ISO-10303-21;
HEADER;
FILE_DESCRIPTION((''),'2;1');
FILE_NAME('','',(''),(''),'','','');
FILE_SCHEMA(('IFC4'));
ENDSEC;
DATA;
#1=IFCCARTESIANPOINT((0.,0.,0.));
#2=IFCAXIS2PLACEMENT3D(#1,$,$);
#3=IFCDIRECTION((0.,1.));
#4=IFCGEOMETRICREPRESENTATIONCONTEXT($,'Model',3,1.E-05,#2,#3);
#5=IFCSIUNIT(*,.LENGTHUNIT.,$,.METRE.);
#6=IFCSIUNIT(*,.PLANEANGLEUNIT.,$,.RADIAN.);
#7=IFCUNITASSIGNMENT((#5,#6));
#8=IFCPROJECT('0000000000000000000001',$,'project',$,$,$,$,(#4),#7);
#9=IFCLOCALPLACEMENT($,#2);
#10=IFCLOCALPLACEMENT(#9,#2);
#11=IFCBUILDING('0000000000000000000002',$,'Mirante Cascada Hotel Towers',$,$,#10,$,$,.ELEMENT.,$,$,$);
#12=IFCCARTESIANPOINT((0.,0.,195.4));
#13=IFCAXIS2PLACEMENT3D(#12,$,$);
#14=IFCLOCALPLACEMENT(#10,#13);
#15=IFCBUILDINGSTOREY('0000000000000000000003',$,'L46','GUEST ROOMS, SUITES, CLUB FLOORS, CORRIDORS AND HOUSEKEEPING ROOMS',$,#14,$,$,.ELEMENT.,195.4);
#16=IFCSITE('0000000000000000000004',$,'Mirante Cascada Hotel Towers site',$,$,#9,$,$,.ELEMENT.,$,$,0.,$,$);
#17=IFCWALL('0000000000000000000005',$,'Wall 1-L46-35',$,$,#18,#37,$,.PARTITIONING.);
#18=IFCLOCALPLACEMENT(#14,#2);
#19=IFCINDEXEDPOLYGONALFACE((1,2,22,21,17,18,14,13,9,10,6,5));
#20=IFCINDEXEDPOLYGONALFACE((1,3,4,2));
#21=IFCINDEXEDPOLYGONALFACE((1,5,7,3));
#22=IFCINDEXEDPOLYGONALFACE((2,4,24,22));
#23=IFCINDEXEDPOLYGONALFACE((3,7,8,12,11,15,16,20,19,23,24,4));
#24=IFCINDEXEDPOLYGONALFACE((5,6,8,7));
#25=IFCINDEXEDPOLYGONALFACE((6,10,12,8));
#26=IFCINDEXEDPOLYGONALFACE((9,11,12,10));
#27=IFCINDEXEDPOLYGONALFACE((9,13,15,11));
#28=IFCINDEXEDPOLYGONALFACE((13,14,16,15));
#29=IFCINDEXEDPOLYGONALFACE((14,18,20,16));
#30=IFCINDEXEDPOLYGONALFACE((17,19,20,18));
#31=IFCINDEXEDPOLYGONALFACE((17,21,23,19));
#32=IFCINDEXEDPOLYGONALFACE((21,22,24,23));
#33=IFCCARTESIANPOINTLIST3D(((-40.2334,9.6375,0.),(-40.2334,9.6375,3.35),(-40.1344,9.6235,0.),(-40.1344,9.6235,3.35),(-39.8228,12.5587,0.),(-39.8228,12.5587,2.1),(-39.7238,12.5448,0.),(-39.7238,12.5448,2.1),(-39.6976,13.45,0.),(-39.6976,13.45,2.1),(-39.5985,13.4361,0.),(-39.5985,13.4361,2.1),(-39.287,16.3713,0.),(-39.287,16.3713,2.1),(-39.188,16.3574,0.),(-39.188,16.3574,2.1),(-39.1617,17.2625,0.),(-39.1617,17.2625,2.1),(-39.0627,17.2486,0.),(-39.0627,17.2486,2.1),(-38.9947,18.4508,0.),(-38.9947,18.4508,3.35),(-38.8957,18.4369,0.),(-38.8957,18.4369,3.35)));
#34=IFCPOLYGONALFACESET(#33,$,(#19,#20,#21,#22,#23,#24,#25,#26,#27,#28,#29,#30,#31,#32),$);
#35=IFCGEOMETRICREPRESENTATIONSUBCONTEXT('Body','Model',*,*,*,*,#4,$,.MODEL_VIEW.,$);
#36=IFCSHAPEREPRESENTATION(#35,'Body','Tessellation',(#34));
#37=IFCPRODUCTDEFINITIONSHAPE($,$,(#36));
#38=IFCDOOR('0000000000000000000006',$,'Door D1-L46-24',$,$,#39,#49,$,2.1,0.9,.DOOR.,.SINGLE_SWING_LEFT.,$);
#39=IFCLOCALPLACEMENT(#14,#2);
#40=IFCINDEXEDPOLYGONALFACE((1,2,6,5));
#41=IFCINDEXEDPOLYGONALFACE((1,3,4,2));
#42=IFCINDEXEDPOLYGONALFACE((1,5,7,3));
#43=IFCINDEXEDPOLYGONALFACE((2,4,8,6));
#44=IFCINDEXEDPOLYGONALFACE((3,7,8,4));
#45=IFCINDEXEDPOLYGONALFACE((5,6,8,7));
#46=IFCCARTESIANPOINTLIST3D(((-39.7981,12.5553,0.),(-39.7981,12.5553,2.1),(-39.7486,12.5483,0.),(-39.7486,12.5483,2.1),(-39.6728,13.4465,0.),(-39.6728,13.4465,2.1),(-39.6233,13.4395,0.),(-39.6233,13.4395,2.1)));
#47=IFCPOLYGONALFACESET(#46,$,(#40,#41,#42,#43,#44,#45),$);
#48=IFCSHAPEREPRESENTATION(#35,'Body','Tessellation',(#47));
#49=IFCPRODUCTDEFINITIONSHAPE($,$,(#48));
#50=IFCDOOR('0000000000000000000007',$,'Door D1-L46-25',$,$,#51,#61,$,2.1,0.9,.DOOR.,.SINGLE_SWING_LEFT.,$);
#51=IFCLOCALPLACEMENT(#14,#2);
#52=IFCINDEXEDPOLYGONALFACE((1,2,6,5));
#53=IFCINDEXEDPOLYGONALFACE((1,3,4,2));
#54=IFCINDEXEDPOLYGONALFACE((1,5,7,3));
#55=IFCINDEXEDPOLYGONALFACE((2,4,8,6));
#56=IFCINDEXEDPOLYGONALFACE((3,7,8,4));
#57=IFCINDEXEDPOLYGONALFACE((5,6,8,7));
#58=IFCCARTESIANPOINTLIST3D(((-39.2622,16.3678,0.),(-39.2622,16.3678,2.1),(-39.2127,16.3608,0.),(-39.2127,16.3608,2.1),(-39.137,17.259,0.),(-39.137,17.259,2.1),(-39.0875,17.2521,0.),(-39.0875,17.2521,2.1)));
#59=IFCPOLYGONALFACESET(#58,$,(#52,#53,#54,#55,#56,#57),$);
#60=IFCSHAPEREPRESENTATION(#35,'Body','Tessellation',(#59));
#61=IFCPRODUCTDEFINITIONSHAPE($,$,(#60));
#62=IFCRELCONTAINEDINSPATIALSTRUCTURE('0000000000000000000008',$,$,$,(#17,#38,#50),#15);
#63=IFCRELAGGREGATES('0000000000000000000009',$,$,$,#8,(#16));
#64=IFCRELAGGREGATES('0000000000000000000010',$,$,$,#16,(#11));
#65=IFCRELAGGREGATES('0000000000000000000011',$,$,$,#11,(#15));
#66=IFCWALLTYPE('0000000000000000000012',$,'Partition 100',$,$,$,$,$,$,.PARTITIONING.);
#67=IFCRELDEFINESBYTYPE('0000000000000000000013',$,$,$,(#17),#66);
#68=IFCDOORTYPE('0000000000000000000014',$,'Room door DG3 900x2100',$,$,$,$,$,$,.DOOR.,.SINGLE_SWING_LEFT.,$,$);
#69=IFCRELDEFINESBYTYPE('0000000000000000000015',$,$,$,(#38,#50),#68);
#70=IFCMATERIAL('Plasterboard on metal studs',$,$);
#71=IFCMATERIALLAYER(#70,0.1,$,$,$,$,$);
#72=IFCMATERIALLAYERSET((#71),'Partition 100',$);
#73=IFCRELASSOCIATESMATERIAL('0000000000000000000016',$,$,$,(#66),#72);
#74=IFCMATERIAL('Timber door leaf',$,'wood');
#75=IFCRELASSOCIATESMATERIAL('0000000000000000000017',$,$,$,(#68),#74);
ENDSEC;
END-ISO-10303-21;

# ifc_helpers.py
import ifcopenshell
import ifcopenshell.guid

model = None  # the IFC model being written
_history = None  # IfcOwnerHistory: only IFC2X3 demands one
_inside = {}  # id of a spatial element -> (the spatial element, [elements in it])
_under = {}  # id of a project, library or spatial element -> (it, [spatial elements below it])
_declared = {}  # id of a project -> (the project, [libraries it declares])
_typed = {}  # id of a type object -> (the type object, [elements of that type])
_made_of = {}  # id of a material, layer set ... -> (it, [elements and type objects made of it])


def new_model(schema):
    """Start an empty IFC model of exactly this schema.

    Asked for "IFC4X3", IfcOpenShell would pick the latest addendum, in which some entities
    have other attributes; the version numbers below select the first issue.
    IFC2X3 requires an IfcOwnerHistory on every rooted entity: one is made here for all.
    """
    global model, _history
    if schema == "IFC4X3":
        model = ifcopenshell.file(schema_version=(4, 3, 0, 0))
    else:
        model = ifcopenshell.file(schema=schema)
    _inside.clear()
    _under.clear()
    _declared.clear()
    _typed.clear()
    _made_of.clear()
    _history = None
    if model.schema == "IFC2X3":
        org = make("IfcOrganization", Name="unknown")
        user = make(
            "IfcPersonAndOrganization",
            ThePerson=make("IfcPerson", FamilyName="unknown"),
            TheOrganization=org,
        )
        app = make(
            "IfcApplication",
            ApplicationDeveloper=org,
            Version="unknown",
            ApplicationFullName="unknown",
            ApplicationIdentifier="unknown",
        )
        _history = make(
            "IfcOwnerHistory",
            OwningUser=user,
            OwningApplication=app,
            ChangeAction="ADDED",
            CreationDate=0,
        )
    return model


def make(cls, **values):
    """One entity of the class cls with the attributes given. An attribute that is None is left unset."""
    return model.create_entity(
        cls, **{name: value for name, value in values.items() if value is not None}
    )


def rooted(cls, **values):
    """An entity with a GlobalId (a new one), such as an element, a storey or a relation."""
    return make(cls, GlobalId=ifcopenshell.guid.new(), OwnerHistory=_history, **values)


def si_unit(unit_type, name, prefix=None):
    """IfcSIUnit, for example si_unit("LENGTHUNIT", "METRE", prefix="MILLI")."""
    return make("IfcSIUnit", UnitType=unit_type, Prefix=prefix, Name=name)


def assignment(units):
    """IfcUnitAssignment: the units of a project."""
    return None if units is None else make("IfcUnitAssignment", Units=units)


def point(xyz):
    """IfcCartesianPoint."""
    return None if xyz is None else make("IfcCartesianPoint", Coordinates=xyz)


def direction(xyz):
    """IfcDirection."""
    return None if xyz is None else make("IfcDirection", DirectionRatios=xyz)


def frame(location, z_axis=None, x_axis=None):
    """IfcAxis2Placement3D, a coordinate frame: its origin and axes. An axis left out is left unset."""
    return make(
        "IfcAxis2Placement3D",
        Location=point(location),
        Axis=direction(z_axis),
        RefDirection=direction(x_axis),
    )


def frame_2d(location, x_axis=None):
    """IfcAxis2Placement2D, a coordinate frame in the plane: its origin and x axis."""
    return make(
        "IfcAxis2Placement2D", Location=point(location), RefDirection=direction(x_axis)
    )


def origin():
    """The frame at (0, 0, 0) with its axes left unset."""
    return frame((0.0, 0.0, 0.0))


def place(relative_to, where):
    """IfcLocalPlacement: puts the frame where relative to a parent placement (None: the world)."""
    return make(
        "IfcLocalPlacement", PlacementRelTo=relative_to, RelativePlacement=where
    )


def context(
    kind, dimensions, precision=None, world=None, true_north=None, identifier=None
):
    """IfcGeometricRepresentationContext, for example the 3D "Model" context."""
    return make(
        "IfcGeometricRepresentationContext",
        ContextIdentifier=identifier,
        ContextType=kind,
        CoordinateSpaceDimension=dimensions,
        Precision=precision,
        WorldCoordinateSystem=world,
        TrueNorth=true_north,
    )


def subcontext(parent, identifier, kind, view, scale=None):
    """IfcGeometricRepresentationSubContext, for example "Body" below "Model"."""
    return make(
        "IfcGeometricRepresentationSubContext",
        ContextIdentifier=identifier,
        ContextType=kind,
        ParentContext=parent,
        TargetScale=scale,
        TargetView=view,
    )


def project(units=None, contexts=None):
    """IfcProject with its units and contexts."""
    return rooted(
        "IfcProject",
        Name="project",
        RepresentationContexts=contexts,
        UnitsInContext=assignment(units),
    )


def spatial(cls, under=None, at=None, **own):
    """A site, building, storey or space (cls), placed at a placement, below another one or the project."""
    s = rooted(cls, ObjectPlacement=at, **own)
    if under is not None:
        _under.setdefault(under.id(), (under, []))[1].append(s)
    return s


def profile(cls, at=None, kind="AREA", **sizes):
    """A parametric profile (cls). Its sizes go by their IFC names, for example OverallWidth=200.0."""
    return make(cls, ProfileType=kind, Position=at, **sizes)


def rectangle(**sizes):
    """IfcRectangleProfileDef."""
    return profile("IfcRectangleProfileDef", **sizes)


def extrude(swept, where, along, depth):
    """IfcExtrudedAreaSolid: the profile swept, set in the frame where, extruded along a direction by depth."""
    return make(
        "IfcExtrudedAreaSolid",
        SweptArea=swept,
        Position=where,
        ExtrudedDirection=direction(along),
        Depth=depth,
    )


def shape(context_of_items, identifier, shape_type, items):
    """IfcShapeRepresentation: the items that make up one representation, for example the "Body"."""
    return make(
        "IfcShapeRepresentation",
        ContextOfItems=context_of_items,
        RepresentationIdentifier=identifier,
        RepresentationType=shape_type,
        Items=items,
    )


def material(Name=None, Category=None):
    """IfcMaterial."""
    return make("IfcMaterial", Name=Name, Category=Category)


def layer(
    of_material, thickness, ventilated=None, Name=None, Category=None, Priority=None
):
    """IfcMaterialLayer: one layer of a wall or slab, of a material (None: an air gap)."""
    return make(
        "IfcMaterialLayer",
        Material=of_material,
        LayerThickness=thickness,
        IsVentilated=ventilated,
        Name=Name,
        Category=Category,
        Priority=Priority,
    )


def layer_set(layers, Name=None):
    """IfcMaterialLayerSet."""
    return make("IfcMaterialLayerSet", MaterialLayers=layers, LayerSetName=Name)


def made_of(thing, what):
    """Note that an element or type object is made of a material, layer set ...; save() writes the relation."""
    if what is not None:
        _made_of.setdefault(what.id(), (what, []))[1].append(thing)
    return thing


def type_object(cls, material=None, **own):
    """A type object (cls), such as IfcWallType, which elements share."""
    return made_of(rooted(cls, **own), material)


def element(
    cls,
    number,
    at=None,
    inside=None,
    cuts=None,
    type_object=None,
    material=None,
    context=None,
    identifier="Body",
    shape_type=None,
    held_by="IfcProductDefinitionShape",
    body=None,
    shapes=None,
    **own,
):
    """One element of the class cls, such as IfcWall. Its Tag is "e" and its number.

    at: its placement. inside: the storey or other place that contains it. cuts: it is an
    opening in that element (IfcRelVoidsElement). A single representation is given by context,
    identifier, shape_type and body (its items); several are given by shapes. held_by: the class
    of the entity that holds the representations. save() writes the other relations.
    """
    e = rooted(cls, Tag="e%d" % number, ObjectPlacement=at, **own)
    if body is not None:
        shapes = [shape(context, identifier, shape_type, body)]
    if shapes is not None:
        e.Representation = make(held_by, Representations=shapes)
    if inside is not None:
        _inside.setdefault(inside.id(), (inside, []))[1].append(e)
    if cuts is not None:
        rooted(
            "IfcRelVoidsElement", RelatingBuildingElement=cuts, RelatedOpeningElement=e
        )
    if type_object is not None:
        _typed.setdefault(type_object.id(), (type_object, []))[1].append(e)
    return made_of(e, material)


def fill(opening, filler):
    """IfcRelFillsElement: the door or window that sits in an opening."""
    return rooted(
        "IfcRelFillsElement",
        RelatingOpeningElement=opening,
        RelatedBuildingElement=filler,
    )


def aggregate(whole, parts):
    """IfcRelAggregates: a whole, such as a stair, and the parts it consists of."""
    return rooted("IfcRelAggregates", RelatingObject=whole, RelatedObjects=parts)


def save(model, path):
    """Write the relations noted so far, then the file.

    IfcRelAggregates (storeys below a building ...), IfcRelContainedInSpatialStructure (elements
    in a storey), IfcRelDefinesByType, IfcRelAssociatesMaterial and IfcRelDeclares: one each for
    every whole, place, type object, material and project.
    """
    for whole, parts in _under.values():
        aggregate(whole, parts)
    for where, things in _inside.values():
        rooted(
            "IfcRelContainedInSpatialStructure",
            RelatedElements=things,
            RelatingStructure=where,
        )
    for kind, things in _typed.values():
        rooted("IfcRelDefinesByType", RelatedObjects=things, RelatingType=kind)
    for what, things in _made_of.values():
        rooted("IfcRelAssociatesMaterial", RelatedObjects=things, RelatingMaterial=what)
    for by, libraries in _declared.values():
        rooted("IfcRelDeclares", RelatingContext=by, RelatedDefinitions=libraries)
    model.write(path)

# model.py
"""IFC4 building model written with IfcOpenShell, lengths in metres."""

from ifc_helpers import new_model, si_unit, direction, frame, frame_2d, origin, place, context, subcontext, project, spatial, rectangle, extrude, material, layer, layer_set, type_object, element, fill, save


model = new_model("IFC4")

# Units and contexts
model_context = context("Model", 3, precision=1e-05, world=origin(), true_north=direction((0.0, 1.0)))
body_context = subcontext(model_context, "Body", "Model", "MODEL_VIEW")
ifc_project = project(units=[si_unit("LENGTHUNIT", "METRE"), si_unit("PLANEANGLEUNIT", "RADIAN")], contexts=[model_context])

# Site, building, storey
site_placement = place(None, origin())
site = spatial("IfcSite", under=ifc_project, at=site_placement, Name="Mirante Cascada Hotel Towers site", CompositionType="ELEMENT", RefElevation=0.0)
building_placement = place(site_placement, origin())
building = spatial("IfcBuilding", under=site, at=building_placement, Name="Mirante Cascada Hotel Towers", CompositionType="ELEMENT")
storey_placement = place(building_placement, frame((0.0, 0.0, 195.4)))
storey = spatial("IfcBuildingStorey", under=building, at=storey_placement, Name="L46", Description="GUEST ROOMS, SUITES, CLUB FLOORS, CORRIDORS AND HOUSEKEEPING ROOMS", CompositionType="ELEMENT", Elevation=195.4)

# Shared definitions
ifc_material_1 = material(Name="Plasterboard on metal studs")
ifc_layer_1 = layer(ifc_material_1, 0.1)
ifc_layer_set_1 = layer_set([ifc_layer_1], Name="Partition 100")
wall_type_1 = type_object("IfcWallType", Name="Partition 100", PredefinedType="PARTITIONING", material=ifc_layer_set_1)

# Wall, openings, doors
wall_1_placement = place(storey_placement, frame((-40.1839, 9.6305, 0.0), z_axis=(0.0, 0.0, 1.0), x_axis=(0.139179, 0.990267, 0.0)))
wall_1 = element("IfcWall", 1, at=wall_1_placement, inside=storey, type_object=wall_type_1, Name="Wall 1-L46-35", PredefinedType="PARTITIONING", context=body_context, shape_type="SweptSolid", body=[
    extrude(rectangle(XDim=8.9, YDim=0.1, at=frame_2d((4.45, 0.0))), origin(), (0.0, 0.0, 1.0), 3.35),
])
opening_1_placement = place(wall_1_placement, frame((2.95, 0.0, 0.0)))
opening_1 = element("IfcOpeningElement", 2, at=opening_1_placement, cuts=wall_1, PredefinedType="OPENING", context=body_context, shape_type="SweptSolid", body=[
    extrude(rectangle(XDim=0.9, YDim=2.1, at=frame_2d((0.45, 1.05))), frame((0.0, 0.05, 0.0), z_axis=(0.0, -1.0, 0.0), x_axis=(1.0, 0.0, 0.0)), (0.0, 0.0, 1.0), 0.1),
])
opening_2_placement = place(wall_1_placement, frame((6.8, 0.0, 0.0)))
opening_2 = element("IfcOpeningElement", 3, at=opening_2_placement, cuts=wall_1, PredefinedType="OPENING", context=body_context, shape_type="SweptSolid", body=[
    extrude(rectangle(XDim=0.9, YDim=2.1, at=frame_2d((0.45, 1.05))), frame((0.0, 0.05, 0.0), z_axis=(0.0, -1.0, 0.0), x_axis=(1.0, 0.0, 0.0)), (0.0, 0.0, 1.0), 0.1),
])
ifc_material_2 = material(Name="Timber door leaf", Category="wood")
door_type_1 = type_object("IfcDoorType", Name="Room door DG3 900x2100", OperationType="SINGLE_SWING_LEFT", PredefinedType="DOOR", material=ifc_material_2)
door_1_placement = place(opening_1_placement, origin())
door_1 = element("IfcDoor", 4, at=door_1_placement, inside=storey, type_object=door_type_1, Name="Door D1-L46-24", OperationType="SINGLE_SWING_LEFT", OverallHeight=2.1, OverallWidth=0.9, PredefinedType="DOOR", context=body_context, shape_type="SweptSolid", body=[
    extrude(rectangle(XDim=0.9, YDim=2.1, at=frame_2d((0.45, 1.05))), frame((0.0, 0.025, 0.0), z_axis=(0.0, -1.0, 0.0), x_axis=(1.0, 0.0, 0.0)), (0.0, 0.0, 1.0), 0.05),
])
fill(opening_1, door_1)
door_2_placement = place(opening_2_placement, origin())
door_2 = element("IfcDoor", 5, at=door_2_placement, inside=storey, type_object=door_type_1, Name="Door D1-L46-25", OperationType="SINGLE_SWING_LEFT", OverallHeight=2.1, OverallWidth=0.9, PredefinedType="DOOR", context=body_context, shape_type="SweptSolid", body=[
    extrude(rectangle(XDim=0.9, YDim=2.1, at=frame_2d((0.45, 1.05))), frame((0.0, 0.025, 0.0), z_axis=(0.0, -1.0, 0.0), x_axis=(1.0, 0.0, 0.0)), (0.0, 0.0, 1.0), 0.05),
])
fill(opening_2, door_2)

save(model, "model.ifc")
